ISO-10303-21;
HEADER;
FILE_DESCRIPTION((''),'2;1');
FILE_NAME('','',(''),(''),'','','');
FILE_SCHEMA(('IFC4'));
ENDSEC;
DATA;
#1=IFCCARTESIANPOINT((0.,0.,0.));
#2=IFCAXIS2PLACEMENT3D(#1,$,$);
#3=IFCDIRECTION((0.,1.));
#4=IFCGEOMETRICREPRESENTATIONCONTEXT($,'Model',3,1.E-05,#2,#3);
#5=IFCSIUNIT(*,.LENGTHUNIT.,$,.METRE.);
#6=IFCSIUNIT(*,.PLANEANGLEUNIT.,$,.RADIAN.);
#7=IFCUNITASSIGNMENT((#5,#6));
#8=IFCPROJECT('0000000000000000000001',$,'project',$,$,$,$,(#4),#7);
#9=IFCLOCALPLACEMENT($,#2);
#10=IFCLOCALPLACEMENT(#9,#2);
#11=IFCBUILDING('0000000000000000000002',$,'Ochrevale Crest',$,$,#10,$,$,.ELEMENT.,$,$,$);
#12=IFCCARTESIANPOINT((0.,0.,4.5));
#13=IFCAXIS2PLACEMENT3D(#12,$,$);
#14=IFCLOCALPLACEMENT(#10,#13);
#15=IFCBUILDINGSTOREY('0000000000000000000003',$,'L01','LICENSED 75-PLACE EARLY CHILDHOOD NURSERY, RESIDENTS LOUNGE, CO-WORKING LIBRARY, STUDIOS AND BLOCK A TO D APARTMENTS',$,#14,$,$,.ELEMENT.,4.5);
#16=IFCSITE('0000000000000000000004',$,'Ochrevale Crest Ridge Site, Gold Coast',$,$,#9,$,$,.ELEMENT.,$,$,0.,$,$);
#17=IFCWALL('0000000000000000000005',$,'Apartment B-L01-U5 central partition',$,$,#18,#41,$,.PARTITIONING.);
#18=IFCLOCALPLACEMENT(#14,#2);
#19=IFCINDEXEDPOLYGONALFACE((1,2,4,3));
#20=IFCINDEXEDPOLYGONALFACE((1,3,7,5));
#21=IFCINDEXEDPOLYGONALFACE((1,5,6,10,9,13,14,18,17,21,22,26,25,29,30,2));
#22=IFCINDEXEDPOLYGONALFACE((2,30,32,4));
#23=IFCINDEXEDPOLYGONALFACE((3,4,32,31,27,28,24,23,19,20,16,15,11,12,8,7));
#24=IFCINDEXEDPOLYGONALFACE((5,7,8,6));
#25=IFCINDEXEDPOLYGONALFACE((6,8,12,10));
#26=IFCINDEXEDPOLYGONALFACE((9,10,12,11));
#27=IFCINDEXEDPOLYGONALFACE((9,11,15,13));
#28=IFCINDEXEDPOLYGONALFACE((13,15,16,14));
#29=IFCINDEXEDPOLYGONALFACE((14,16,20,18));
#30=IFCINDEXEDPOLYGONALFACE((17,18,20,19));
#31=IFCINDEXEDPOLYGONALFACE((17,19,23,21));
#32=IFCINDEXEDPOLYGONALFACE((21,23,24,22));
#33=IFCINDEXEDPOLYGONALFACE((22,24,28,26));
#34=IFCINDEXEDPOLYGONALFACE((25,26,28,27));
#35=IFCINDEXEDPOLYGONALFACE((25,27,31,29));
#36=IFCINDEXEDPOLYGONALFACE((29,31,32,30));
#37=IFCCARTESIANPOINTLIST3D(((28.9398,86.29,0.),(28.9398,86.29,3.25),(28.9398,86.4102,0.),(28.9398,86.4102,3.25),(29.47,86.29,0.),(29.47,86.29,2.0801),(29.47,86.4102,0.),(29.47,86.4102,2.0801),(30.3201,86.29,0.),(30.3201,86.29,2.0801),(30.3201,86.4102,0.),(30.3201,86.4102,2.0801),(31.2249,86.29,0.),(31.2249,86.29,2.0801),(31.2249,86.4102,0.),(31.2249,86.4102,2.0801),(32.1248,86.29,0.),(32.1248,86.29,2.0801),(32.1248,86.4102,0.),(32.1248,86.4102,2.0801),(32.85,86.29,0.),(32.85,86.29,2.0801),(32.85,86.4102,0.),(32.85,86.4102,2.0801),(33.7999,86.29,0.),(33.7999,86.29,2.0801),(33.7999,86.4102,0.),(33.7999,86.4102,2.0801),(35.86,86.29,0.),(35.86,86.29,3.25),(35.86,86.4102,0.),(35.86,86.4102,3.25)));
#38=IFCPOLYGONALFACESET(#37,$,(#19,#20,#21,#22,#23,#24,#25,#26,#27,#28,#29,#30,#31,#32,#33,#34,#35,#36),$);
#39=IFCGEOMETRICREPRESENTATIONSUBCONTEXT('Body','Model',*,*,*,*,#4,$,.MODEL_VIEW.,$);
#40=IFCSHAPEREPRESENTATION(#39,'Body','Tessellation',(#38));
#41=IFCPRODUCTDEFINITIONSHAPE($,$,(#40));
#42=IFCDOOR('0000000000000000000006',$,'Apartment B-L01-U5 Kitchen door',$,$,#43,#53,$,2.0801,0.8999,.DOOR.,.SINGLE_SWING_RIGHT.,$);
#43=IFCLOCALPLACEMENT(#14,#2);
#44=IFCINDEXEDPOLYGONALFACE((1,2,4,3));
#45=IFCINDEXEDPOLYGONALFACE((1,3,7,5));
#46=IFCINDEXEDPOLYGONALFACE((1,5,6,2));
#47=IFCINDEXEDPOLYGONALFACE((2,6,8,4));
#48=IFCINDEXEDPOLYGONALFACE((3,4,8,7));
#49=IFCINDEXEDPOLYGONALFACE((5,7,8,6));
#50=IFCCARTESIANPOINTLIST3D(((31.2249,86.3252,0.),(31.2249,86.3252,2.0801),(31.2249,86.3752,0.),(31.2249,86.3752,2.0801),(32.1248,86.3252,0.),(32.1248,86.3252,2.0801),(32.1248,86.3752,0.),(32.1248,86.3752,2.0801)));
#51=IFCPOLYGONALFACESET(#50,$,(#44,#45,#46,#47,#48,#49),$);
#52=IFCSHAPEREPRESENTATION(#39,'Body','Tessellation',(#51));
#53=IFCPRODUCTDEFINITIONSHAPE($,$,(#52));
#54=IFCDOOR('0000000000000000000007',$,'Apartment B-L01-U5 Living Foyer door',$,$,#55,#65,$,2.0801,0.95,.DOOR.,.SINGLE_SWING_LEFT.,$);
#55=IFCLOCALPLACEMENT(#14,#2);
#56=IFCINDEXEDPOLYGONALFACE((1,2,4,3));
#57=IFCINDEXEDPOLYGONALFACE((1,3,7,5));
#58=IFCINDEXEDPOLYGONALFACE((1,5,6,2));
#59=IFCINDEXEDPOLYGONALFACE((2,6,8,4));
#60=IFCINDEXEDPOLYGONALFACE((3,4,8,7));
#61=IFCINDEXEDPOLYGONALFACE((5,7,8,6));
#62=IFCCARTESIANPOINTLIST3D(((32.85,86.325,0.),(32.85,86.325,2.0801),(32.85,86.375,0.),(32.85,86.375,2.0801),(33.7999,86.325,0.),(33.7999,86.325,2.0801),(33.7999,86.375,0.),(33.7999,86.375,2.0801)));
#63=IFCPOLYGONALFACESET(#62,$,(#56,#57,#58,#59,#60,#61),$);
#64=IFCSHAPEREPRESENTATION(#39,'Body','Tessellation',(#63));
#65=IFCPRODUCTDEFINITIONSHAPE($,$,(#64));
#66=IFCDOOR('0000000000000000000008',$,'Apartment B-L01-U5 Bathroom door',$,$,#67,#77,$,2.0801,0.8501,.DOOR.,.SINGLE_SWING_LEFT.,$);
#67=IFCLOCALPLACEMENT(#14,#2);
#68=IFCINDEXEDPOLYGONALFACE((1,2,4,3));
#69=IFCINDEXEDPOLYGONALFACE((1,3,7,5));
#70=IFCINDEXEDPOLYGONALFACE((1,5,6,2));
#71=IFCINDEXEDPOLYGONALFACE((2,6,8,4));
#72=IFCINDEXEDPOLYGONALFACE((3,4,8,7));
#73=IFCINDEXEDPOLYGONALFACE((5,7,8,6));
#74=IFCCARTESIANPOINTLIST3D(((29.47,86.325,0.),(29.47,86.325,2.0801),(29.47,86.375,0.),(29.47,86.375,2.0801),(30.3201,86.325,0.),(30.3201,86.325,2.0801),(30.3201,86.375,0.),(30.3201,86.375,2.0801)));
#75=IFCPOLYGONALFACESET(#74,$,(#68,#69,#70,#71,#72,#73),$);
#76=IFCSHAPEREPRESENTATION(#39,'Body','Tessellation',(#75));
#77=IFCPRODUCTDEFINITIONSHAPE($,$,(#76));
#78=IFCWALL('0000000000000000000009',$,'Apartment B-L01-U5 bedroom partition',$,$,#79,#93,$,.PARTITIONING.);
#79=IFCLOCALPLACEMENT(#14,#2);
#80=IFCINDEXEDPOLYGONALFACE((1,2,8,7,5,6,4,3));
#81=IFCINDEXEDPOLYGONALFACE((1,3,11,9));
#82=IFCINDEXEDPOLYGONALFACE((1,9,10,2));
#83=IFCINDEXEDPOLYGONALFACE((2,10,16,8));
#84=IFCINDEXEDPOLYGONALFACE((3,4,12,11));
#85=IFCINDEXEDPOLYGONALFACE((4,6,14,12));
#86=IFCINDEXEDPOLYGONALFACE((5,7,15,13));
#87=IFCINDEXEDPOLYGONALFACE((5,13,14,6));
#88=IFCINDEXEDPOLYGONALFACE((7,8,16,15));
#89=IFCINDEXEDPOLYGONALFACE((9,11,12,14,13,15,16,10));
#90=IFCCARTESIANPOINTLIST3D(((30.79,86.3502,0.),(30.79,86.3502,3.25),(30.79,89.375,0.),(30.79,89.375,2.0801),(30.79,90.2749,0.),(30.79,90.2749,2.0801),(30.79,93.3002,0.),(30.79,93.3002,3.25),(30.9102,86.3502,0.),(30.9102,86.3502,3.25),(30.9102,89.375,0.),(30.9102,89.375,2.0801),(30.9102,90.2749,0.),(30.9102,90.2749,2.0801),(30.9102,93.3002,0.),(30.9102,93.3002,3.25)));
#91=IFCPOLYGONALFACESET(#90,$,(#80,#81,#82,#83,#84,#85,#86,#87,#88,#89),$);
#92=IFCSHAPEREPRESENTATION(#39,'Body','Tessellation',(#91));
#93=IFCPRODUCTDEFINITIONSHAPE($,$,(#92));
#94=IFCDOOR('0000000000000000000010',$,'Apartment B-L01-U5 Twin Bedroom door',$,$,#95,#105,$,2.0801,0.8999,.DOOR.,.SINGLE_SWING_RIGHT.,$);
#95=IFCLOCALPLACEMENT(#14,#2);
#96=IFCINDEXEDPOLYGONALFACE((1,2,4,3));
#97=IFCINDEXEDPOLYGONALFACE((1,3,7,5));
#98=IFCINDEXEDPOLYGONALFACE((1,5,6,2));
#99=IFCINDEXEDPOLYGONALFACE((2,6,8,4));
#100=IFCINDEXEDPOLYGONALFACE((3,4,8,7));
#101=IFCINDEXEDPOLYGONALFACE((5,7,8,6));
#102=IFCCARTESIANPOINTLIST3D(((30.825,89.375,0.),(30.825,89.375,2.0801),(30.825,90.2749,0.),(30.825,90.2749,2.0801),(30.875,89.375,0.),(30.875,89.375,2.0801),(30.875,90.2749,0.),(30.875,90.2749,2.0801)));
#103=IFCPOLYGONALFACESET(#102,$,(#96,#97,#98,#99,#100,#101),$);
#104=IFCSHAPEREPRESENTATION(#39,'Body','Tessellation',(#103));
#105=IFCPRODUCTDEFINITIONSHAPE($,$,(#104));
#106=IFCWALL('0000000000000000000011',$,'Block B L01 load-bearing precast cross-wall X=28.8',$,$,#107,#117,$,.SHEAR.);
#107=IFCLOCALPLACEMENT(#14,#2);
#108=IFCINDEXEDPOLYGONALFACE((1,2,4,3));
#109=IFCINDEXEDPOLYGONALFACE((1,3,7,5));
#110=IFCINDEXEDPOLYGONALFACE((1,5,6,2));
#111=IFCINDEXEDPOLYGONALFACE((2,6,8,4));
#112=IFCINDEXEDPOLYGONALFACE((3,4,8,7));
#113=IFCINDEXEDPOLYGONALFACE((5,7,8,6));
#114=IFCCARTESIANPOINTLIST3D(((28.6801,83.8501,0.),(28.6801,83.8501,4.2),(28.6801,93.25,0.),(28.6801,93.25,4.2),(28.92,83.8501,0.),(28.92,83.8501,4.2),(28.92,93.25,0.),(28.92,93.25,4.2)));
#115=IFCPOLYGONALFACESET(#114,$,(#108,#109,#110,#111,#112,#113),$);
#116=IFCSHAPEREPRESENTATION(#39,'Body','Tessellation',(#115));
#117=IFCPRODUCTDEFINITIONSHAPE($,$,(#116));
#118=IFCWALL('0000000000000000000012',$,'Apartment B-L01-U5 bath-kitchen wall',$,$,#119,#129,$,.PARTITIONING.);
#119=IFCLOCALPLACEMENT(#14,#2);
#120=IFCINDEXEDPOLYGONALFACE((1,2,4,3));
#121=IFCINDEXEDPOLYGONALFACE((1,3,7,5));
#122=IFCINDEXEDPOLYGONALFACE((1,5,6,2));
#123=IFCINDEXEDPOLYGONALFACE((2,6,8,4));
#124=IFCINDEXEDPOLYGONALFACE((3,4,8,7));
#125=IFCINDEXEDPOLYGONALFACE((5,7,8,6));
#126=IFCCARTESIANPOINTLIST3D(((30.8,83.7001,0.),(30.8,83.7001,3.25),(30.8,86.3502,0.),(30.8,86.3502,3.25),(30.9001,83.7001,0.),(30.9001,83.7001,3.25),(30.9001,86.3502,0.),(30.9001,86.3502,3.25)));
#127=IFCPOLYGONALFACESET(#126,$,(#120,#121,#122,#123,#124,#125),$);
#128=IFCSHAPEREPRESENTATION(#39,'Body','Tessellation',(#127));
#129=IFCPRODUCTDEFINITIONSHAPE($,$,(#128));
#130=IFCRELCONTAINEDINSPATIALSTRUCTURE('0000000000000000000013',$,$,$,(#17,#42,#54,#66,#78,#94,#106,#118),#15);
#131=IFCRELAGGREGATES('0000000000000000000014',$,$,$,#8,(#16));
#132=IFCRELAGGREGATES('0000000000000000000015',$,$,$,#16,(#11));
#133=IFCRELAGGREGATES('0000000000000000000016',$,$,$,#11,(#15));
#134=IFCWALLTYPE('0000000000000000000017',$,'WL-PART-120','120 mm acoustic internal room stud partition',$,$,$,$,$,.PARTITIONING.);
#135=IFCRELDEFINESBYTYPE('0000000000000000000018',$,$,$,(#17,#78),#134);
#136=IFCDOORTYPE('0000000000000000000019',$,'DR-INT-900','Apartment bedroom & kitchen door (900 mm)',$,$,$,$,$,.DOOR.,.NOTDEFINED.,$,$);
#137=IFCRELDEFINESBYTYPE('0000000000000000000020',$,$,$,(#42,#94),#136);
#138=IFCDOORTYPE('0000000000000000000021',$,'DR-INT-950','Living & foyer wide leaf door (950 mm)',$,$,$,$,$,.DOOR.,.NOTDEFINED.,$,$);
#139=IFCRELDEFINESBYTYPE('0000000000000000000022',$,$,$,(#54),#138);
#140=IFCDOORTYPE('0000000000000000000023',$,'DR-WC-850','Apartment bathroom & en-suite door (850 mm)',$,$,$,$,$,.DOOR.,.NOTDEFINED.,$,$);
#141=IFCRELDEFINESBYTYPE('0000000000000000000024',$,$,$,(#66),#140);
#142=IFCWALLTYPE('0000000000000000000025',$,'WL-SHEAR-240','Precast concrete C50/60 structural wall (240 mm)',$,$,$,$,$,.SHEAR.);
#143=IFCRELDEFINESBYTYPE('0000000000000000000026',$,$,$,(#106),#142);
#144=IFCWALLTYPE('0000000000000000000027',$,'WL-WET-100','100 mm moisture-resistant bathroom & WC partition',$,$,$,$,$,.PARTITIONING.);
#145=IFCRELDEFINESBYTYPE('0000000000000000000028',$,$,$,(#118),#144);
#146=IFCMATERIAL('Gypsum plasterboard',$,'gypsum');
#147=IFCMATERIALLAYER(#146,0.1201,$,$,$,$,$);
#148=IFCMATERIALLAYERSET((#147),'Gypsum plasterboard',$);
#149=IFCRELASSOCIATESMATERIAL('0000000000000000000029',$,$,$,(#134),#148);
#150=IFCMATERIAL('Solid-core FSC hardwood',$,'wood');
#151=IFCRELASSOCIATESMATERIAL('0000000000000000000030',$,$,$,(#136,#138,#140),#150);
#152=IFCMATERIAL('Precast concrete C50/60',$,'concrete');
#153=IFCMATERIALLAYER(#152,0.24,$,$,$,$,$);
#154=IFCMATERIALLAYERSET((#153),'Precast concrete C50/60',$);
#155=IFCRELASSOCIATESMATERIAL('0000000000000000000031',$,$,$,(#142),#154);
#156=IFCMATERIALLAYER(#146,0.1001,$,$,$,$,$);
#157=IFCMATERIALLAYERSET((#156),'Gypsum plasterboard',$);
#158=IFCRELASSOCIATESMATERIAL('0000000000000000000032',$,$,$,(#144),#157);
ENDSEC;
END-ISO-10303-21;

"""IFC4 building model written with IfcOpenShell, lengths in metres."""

from ifc_helpers import new_model, si_unit, direction, frame, frame_2d, origin, place, context, subcontext, project, spatial, rectangle, extrude, material, layer, layer_set, type_object, element, fill, save


model = new_model("IFC4")

# Units and contexts
model_context = context("Model", 3, precision=1e-05, world=origin(), true_north=direction((0.0, 1.0)))
body_context = subcontext(model_context, "Body", "Model", "MODEL_VIEW")
ifc_project = project(units=[si_unit("LENGTHUNIT", "METRE"), si_unit("PLANEANGLEUNIT", "RADIAN")], contexts=[model_context])

# Site, building, storey
site_placement = place(None, origin())
site = spatial("IfcSite", under=ifc_project, at=site_placement, Name="Ochrevale Crest Ridge Site, Gold Coast", CompositionType="ELEMENT", RefElevation=0.0)
building_placement = place(site_placement, origin())
building = spatial("IfcBuilding", under=site, at=building_placement, Name="Ochrevale Crest", CompositionType="ELEMENT")
storey_placement = place(building_placement, frame((0.0, 0.0, 4.5)))
storey = spatial("IfcBuildingStorey", under=building, at=storey_placement, Name="L01", Description="LICENSED 75-PLACE EARLY CHILDHOOD NURSERY, RESIDENTS LOUNGE, CO-WORKING LIBRARY, STUDIOS AND BLOCK A TO D APARTMENTS", CompositionType="ELEMENT", Elevation=4.5)

# Shared definitions
ifc_material_1 = material(Name="Precast concrete C50/60", Category="concrete")

# Shared definitions
ifc_material_2 = material(Name="Gypsum plasterboard", Category="gypsum")
ifc_material_3 = material(Name="Solid-core FSC hardwood", Category="wood")

# Shared definitions
ifc_layer_1 = layer(ifc_material_2, 0.1201)
ifc_layer_set_1 = layer_set([ifc_layer_1], Name="Gypsum plasterboard")
wall_type_1 = type_object("IfcWallType", Name="WL-PART-120", Description="120 mm acoustic internal room stud partition", PredefinedType="PARTITIONING", material=ifc_layer_set_1)

# Wall, openings, doors
wall_1_placement = place(storey_placement, frame((28.9399, 86.3501, 0.0), z_axis=(0.0, 0.0, 1.0), x_axis=(1.0, 0.0, 0.0)))
wall_1 = element("IfcWall", 1, at=wall_1_placement, inside=storey, type_object=wall_type_1, Name="Apartment B-L01-U5 central partition", PredefinedType="PARTITIONING", context=body_context, shape_type="SweptSolid", body=[
    extrude(rectangle(XDim=6.9202, YDim=0.1201, at=frame_2d((3.46, 0.0))), origin(), (0.0, 0.0, 1.0), 3.25),
])
opening_1_placement = place(wall_1_placement, frame((0.53, 0.0, 0.0)))
opening_1 = element("IfcOpeningElement", 2, at=opening_1_placement, cuts=wall_1, PredefinedType="OPENING", context=body_context, shape_type="SweptSolid", body=[
    extrude(rectangle(XDim=0.8501, YDim=2.0801, at=frame_2d((0.425, 1.04))), frame((0.0, 0.0701, 0.0), z_axis=(0.0, -1.0, 0.0), x_axis=(1.0, 0.0, 0.0)), (0.0, 0.0, 1.0), 0.1401),
])
opening_2_placement = place(wall_1_placement, frame((3.1848, 0.0, 0.0), z_axis=(0.0, 0.0, 1.0), x_axis=(-1.0, 0.0, 0.0)))
opening_2 = element("IfcOpeningElement", 3, at=opening_2_placement, cuts=wall_1, PredefinedType="OPENING", context=body_context, shape_type="SweptSolid", body=[
    extrude(rectangle(XDim=0.8999, YDim=2.0801, at=frame_2d((0.45, 1.04))), frame((0.0, 0.0701, 0.0), z_axis=(0.0, -1.0, 0.0), x_axis=(1.0, 0.0, 0.0)), (0.0, 0.0, 1.0), 0.1401),
])
opening_3_placement = place(wall_1_placement, frame((3.9099, 0.0, 0.0)))
opening_3 = element("IfcOpeningElement", 4, at=opening_3_placement, cuts=wall_1, PredefinedType="OPENING", context=body_context, shape_type="SweptSolid", body=[
    extrude(rectangle(XDim=0.95, YDim=2.0801, at=frame_2d((0.4751, 1.04))), frame((0.0, 0.0701, 0.0), z_axis=(0.0, -1.0, 0.0), x_axis=(1.0, 0.0, 0.0)), (0.0, 0.0, 1.0), 0.1401),
])
door_type_1 = type_object("IfcDoorType", Name="DR-INT-900", Description="Apartment bedroom & kitchen door (900 mm)", OperationType="NOTDEFINED", PredefinedType="DOOR", material=ifc_material_3)
door_1_placement = place(opening_2_placement, origin())
door_1 = element("IfcDoor", 5, at=door_1_placement, inside=storey, type_object=door_type_1, Name="Apartment B-L01-U5 Kitchen door", OperationType="SINGLE_SWING_RIGHT", OverallHeight=2.0801, OverallWidth=0.8999, PredefinedType="DOOR", context=body_context, shape_type="SweptSolid", body=[
    extrude(rectangle(XDim=0.8999, YDim=2.0801, at=frame_2d((0.45, 1.04))), frame((0.0, 0.0249, 0.0), z_axis=(0.0, -1.0, 0.0), x_axis=(1.0, 0.0, 0.0)), (0.0, 0.0, 1.0), 0.05),
])
fill(opening_2, door_1)
door_type_2 = type_object("IfcDoorType", Name="DR-INT-950", Description="Living & foyer wide leaf door (950 mm)", OperationType="NOTDEFINED", PredefinedType="DOOR", material=ifc_material_3)
door_2_placement = place(opening_3_placement, origin())
door_2 = element("IfcDoor", 6, at=door_2_placement, inside=storey, type_object=door_type_2, Name="Apartment B-L01-U5 Living Foyer door", OperationType="SINGLE_SWING_LEFT", OverallHeight=2.0801, OverallWidth=0.95, PredefinedType="DOOR", context=body_context, shape_type="SweptSolid", body=[
    extrude(rectangle(XDim=0.95, YDim=2.0801, at=frame_2d((0.4751, 1.04))), frame((0.0, 0.0249, 0.0), z_axis=(0.0, -1.0, 0.0), x_axis=(1.0, 0.0, 0.0)), (0.0, 0.0, 1.0), 0.05),
])
fill(opening_3, door_2)
door_type_3 = type_object("IfcDoorType", Name="DR-WC-850", Description="Apartment bathroom & en-suite door (850 mm)", OperationType="NOTDEFINED", PredefinedType="DOOR", material=ifc_material_3)
door_3_placement = place(opening_1_placement, origin())
door_3 = element("IfcDoor", 7, at=door_3_placement, inside=storey, type_object=door_type_3, Name="Apartment B-L01-U5 Bathroom door", OperationType="SINGLE_SWING_LEFT", OverallHeight=2.0801, OverallWidth=0.8501, PredefinedType="DOOR", context=body_context, shape_type="SweptSolid", body=[
    extrude(rectangle(XDim=0.8501, YDim=2.0801, at=frame_2d((0.425, 1.04))), frame((0.0, 0.0249, 0.0), z_axis=(0.0, -1.0, 0.0), x_axis=(1.0, 0.0, 0.0)), (0.0, 0.0, 1.0), 0.05),
])
fill(opening_1, door_3)

# Wall, opening, door
wall_2_placement = place(storey_placement, frame((30.8501, 86.3501, 0.0), z_axis=(0.0, 0.0, 1.0), x_axis=(0.0, 1.0, 0.0)))
wall_2 = element("IfcWall", 8, at=wall_2_placement, inside=storey, type_object=wall_type_1, Name="Apartment B-L01-U5 bedroom partition", PredefinedType="PARTITIONING", context=body_context, shape_type="SweptSolid", body=[
    extrude(rectangle(XDim=6.95, YDim=0.1201, at=frame_2d((3.4751, 0.0))), origin(), (0.0, 0.0, 1.0), 3.25),
])
opening_4_placement = place(wall_2_placement, frame((3.9248, 0.0, 0.0), z_axis=(0.0, 0.0, 1.0), x_axis=(-1.0, 0.0, 0.0)))
opening_4 = element("IfcOpeningElement", 9, at=opening_4_placement, cuts=wall_2, PredefinedType="OPENING", context=body_context, shape_type="SweptSolid", body=[
    extrude(rectangle(XDim=0.8999, YDim=2.0801, at=frame_2d((0.45, 1.04))), frame((0.0, 0.0701, 0.0), z_axis=(0.0, -1.0, 0.0), x_axis=(1.0, 0.0, 0.0)), (0.0, 0.0, 1.0), 0.1401),
])
door_4_placement = place(opening_4_placement, origin())
door_4 = element("IfcDoor", 10, at=door_4_placement, inside=storey, type_object=door_type_1, Name="Apartment B-L01-U5 Twin Bedroom door", OperationType="SINGLE_SWING_RIGHT", OverallHeight=2.0801, OverallWidth=0.8999, PredefinedType="DOOR", context=body_context, shape_type="SweptSolid", body=[
    extrude(rectangle(XDim=0.8999, YDim=2.0801, at=frame_2d((0.45, 1.04))), frame((0.0, 0.0249, 0.0), z_axis=(0.0, -1.0, 0.0), x_axis=(1.0, 0.0, 0.0)), (0.0, 0.0, 1.0), 0.05),
])
fill(opening_4, door_4)

# Walls
ifc_layer_2 = layer(ifc_material_1, 0.24)
ifc_layer_set_2 = layer_set([ifc_layer_2], Name="Precast concrete C50/60")
wall_type_2 = type_object("IfcWallType", Name="WL-SHEAR-240", Description="Precast concrete C50/60 structural wall (240 mm)", PredefinedType="SHEAR", material=ifc_layer_set_2)
wall_3_placement = place(storey_placement, frame((28.8, 83.8501, 0.0), z_axis=(0.0, 0.0, 1.0), x_axis=(0.0, 1.0, 0.0)))
element("IfcWall", 11, at=wall_3_placement, inside=storey, type_object=wall_type_2, Name="Block B L01 load-bearing precast cross-wall X=28.8", PredefinedType="SHEAR", context=body_context, shape_type="SweptSolid", body=[
    extrude(rectangle(XDim=9.3999, YDim=0.24, at=frame_2d((4.7, 0.0))), origin(), (0.0, 0.0, 1.0), 4.2),
])
ifc_layer_3 = layer(ifc_material_2, 0.1001)
ifc_layer_set_3 = layer_set([ifc_layer_3], Name="Gypsum plasterboard")
wall_type_3 = type_object("IfcWallType", Name="WL-WET-100", Description="100 mm moisture-resistant bathroom & WC partition", PredefinedType="PARTITIONING", material=ifc_layer_set_3)
wall_4_placement = place(storey_placement, frame((30.8501, 83.7, 0.0), z_axis=(0.0, 0.0, 1.0), x_axis=(0.0, 1.0, 0.0)))
element("IfcWall", 12, at=wall_4_placement, inside=storey, type_object=wall_type_3, Name="Apartment B-L01-U5 bath-kitchen wall", PredefinedType="PARTITIONING", context=body_context, shape_type="SweptSolid", body=[
    extrude(rectangle(XDim=2.6501, YDim=0.1001, at=frame_2d((1.3252, 0.0))), origin(), (0.0, 0.0, 1.0), 3.25),
])

save(model, "model.ifc")
